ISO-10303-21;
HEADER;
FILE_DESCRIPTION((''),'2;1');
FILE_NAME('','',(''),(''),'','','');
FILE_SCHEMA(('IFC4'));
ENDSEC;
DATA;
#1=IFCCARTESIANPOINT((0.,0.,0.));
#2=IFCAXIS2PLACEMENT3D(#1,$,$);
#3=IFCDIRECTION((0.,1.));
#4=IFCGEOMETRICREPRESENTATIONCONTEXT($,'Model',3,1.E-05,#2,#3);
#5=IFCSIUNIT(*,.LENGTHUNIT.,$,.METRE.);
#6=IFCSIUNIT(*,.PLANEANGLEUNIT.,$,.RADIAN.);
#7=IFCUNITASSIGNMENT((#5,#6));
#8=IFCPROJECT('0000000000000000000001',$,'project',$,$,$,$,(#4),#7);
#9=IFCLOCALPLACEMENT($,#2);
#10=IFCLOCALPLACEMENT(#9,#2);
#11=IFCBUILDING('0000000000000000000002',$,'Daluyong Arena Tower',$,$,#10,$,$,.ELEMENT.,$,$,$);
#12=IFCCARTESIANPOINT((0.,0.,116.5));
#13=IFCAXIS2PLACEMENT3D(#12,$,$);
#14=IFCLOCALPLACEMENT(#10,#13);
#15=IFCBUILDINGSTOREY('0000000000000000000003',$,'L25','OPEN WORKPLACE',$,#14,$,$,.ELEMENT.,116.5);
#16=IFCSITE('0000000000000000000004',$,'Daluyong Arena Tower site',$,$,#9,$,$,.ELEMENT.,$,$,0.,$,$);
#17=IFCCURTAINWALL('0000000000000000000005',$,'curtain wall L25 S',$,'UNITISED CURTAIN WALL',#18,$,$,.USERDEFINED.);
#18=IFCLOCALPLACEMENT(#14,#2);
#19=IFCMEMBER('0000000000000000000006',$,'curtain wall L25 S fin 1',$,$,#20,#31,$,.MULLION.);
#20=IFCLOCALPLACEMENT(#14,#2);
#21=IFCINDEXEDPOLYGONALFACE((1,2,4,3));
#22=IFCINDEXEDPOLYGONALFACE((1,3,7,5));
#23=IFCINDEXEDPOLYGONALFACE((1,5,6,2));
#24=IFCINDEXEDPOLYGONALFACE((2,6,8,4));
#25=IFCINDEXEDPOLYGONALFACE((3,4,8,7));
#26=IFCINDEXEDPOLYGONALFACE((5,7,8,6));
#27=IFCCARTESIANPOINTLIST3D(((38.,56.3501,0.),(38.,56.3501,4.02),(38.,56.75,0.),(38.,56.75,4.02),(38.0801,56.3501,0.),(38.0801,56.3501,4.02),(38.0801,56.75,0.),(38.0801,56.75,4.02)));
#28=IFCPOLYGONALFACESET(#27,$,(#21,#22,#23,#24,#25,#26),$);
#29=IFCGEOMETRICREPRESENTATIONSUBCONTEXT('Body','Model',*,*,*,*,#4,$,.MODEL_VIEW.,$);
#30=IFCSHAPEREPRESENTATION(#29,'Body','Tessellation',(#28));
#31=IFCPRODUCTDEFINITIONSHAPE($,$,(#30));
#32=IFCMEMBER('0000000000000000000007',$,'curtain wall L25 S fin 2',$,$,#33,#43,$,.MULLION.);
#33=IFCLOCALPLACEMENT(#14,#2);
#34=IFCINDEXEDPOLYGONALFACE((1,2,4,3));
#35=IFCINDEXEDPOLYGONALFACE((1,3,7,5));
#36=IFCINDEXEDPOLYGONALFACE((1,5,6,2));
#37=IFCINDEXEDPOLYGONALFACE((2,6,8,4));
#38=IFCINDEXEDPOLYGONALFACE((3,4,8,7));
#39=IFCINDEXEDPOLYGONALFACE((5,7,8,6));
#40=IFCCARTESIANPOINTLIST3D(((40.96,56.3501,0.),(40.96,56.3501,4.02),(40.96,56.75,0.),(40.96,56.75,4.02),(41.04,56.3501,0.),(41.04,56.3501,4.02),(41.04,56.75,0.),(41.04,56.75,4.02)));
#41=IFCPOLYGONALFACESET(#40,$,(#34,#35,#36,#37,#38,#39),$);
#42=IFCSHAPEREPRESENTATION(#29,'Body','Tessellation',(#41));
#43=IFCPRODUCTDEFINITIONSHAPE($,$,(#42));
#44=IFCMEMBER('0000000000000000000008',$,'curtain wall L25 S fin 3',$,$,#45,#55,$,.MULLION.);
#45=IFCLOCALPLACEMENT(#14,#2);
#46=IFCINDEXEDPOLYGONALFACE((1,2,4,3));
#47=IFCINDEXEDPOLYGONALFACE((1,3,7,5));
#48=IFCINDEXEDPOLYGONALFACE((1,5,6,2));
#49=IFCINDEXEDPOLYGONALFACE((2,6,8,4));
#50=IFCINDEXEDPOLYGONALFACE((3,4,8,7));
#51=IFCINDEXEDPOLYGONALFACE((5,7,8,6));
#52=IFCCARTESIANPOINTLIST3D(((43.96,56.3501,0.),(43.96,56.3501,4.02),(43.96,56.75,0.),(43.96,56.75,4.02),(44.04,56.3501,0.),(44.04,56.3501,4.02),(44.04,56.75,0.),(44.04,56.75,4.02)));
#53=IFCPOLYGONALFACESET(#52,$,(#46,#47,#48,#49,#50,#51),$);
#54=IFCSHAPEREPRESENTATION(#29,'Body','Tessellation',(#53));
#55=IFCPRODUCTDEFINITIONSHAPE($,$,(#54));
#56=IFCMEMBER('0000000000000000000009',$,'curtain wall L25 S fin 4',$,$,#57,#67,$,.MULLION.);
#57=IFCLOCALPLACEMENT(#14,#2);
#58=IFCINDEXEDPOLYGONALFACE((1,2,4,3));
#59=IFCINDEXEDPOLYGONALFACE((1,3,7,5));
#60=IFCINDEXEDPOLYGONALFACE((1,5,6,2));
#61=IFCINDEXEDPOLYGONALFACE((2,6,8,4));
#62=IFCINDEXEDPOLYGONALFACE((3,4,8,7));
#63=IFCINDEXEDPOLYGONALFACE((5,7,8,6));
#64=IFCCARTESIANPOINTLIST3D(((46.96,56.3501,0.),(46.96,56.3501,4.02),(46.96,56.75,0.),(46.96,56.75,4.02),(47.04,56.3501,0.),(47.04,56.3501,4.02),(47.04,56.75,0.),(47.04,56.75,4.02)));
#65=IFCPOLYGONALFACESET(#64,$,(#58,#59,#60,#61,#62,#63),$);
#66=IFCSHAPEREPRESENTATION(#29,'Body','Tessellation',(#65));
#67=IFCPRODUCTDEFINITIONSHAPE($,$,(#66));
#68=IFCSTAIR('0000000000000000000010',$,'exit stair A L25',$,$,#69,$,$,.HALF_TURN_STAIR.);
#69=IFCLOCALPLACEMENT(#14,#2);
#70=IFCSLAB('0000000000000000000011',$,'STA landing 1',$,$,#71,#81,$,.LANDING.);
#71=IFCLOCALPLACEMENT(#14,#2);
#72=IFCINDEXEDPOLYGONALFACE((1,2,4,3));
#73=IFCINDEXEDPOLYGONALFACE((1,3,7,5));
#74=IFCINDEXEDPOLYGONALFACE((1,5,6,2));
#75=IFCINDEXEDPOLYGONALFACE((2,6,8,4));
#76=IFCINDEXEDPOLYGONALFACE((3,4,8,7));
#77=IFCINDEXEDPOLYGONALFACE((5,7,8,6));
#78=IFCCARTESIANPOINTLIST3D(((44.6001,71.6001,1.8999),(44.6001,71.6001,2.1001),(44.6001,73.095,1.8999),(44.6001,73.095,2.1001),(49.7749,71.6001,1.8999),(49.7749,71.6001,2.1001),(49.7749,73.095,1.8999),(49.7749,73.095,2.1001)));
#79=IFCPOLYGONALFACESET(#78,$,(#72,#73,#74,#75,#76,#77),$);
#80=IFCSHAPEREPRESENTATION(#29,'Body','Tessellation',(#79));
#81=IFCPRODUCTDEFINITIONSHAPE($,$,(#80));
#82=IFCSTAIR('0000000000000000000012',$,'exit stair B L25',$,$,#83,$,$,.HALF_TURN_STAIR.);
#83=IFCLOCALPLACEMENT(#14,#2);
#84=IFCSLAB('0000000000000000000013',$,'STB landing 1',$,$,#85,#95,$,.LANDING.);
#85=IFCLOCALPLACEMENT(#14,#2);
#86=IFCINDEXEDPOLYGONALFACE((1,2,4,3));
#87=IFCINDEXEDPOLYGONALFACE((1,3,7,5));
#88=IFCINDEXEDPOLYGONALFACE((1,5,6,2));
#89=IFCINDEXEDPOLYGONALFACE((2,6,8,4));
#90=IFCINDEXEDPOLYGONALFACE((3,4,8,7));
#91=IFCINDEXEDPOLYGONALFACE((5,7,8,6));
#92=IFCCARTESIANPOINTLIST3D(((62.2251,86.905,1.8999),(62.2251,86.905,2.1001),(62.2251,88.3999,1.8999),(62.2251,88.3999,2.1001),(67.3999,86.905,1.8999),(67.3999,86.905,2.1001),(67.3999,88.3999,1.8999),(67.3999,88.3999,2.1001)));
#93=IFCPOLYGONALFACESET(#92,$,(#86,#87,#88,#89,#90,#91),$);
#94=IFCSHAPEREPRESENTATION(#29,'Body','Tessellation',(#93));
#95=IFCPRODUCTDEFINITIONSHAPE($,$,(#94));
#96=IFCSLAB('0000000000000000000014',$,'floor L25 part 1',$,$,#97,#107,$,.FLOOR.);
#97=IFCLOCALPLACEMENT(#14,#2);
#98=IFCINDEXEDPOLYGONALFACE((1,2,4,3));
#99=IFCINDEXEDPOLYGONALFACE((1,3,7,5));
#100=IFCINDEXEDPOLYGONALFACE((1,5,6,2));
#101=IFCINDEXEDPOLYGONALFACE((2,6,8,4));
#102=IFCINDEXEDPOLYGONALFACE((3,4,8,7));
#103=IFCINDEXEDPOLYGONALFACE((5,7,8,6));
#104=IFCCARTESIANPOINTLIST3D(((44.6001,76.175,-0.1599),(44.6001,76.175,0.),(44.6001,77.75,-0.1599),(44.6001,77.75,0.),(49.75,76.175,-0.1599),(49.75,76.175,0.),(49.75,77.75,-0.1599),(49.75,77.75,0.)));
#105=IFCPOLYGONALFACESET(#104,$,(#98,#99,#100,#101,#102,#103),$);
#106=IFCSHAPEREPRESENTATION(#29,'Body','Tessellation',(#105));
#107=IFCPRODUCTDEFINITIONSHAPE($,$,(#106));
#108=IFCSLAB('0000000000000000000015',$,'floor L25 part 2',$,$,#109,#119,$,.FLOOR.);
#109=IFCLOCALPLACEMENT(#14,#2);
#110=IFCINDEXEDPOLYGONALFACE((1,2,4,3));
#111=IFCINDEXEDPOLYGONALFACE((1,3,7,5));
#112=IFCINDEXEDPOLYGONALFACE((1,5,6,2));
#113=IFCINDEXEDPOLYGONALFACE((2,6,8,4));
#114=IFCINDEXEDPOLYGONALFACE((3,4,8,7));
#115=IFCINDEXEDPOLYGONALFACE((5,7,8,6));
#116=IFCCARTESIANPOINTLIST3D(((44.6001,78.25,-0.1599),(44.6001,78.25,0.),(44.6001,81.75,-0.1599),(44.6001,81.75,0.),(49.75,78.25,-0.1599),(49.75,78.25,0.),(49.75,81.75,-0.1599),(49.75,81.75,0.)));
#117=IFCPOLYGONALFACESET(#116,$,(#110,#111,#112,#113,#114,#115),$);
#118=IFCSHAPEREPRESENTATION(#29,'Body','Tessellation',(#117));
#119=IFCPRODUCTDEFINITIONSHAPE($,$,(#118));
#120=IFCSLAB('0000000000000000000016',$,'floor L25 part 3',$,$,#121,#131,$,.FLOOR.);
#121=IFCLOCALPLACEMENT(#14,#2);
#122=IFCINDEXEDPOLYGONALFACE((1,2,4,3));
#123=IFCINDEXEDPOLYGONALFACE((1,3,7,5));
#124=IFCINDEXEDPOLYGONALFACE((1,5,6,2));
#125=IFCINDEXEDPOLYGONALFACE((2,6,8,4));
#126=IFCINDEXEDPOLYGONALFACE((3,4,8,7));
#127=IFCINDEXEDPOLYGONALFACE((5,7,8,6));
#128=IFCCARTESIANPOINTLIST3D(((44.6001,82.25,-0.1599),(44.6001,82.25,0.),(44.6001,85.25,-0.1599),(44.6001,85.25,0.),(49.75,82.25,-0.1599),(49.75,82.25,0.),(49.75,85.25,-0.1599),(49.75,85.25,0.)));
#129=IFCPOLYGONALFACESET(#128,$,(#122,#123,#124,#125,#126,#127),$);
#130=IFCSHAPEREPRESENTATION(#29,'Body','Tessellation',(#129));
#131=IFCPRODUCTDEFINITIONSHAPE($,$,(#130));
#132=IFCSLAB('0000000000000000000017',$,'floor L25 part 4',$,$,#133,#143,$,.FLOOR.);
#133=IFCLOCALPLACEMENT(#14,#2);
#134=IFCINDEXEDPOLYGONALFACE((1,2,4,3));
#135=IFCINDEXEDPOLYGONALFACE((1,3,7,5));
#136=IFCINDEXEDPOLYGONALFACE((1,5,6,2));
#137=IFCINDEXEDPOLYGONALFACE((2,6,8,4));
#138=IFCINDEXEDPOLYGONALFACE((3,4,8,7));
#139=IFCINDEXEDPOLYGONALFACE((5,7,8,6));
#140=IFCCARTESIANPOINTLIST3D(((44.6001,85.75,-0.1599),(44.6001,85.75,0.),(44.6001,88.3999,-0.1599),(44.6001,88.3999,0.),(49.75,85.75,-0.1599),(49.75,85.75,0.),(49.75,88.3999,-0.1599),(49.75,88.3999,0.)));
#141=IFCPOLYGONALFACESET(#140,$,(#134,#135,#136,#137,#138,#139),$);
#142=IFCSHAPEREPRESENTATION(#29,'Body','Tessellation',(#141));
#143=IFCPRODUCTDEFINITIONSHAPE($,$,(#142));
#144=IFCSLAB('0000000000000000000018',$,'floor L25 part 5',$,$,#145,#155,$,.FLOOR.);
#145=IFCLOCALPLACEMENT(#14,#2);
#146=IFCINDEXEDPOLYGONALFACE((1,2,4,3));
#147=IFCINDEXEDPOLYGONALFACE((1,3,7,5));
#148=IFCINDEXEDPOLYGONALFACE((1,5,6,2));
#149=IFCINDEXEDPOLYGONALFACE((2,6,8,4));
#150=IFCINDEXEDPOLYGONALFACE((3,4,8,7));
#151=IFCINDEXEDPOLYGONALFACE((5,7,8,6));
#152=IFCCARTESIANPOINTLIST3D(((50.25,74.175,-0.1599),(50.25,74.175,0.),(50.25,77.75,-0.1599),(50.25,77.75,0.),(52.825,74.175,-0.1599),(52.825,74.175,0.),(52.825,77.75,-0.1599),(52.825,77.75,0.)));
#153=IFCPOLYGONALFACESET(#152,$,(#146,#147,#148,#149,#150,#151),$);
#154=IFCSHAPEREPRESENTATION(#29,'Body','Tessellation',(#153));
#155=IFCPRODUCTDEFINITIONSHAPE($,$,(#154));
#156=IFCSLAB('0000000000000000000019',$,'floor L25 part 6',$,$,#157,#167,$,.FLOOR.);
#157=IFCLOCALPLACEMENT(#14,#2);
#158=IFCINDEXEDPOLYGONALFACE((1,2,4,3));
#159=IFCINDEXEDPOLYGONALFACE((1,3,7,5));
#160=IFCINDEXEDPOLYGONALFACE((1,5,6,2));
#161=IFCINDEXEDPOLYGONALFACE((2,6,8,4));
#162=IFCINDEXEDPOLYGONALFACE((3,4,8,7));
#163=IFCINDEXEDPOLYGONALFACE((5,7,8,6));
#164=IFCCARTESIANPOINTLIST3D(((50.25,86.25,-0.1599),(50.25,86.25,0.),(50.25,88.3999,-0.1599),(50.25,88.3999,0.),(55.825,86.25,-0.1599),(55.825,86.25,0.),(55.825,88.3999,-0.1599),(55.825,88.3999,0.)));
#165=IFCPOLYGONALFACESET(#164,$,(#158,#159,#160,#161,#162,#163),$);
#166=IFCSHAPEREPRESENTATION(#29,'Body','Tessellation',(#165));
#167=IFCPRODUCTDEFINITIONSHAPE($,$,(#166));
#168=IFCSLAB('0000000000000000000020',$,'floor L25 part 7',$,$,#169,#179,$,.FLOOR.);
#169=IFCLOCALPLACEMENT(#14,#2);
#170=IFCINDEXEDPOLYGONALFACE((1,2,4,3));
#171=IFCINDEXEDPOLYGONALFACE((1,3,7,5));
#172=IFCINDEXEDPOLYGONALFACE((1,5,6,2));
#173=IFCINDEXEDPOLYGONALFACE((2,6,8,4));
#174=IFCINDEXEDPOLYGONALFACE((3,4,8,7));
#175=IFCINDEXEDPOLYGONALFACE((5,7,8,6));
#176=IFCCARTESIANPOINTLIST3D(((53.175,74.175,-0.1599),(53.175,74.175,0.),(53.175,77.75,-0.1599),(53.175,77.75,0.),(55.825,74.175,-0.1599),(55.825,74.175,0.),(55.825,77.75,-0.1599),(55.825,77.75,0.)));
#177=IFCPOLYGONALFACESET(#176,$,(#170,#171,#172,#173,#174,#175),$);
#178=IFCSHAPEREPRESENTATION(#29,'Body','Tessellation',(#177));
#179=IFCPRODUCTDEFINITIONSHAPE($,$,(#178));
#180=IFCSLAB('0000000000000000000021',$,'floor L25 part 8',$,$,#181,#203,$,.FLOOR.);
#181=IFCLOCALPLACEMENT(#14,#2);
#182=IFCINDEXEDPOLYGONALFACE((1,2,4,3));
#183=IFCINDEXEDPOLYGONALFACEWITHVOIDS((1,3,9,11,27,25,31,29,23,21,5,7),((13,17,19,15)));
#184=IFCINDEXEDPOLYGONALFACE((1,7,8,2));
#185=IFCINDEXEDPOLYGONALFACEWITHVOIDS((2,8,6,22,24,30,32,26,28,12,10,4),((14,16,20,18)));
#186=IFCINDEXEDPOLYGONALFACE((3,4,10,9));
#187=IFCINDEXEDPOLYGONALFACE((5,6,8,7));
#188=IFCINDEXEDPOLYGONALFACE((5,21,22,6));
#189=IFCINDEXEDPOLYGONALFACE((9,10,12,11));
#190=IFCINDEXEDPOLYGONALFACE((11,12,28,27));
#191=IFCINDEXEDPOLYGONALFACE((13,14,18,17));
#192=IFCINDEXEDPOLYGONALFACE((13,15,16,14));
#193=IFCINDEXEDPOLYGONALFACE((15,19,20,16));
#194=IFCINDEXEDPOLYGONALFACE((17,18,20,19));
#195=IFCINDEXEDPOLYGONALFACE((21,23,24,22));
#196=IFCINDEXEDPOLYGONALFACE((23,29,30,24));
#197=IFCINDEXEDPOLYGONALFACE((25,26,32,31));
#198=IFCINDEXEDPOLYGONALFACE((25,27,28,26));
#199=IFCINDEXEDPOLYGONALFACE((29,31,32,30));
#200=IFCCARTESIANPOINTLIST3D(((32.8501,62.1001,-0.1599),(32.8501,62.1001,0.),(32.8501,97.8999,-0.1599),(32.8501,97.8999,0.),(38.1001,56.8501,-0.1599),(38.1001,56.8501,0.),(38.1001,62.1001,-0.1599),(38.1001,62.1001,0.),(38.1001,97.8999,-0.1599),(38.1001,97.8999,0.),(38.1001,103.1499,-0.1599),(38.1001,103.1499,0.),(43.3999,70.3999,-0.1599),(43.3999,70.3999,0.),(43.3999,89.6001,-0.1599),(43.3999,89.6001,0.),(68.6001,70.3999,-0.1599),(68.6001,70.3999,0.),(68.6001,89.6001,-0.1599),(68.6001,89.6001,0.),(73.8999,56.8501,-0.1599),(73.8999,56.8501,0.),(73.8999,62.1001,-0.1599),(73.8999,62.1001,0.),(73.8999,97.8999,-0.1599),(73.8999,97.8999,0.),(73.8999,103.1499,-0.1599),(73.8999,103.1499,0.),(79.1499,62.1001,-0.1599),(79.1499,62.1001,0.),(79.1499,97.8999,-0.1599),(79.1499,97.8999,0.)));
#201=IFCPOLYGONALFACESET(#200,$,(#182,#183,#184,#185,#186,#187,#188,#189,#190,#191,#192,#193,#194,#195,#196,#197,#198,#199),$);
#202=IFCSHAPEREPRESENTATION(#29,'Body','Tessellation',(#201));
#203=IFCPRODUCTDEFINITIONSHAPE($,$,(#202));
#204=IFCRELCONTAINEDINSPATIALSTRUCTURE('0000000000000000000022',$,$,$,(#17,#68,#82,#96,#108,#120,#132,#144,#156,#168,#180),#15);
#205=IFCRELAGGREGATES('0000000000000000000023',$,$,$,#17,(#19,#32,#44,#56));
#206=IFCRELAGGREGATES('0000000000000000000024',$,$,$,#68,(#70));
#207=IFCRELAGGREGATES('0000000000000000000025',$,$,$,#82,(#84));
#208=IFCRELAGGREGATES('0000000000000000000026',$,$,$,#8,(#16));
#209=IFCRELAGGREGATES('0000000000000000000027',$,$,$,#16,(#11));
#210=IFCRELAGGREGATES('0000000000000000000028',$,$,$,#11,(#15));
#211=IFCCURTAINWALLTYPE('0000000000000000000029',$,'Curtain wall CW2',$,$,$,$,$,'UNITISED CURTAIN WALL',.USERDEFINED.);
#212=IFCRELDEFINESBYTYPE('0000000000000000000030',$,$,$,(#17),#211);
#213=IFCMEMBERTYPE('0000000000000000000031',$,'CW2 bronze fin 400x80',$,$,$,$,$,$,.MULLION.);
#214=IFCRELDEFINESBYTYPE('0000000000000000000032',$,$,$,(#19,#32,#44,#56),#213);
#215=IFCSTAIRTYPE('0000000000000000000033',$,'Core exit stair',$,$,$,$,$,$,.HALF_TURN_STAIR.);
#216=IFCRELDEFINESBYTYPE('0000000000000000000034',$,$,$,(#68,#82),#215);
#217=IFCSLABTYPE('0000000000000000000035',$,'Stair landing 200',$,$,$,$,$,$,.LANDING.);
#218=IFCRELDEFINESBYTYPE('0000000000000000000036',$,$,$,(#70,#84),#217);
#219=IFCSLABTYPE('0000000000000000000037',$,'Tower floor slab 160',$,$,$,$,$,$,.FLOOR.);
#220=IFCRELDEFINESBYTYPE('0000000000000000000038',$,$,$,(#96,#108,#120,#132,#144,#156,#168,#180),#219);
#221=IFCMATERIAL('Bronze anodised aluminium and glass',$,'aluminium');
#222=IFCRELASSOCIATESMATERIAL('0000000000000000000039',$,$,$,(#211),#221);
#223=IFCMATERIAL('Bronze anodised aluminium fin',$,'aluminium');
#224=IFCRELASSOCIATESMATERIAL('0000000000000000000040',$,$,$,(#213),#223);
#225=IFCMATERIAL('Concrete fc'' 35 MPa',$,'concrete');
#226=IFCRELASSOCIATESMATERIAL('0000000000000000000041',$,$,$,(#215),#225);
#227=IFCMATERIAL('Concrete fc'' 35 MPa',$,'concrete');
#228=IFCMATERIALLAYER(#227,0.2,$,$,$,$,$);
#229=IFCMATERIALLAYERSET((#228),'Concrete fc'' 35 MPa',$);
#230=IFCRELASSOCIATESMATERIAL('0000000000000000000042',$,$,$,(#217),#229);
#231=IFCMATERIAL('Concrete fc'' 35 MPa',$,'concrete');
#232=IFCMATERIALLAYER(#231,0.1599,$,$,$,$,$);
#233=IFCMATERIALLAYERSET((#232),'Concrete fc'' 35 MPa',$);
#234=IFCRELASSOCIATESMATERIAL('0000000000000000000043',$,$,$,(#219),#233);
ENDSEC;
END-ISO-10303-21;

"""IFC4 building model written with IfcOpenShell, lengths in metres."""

from ifc_helpers import new_model, si_unit, direction, frame, origin, origin_2d, place, context, subcontext, project, spatial, polyline, rectangle, outline, extrude, material, layer, layer_set, material_profile, profile_set, type_object, element, aggregate, save


model = new_model("IFC4")

# Units and contexts
model_context = context("Model", 3, precision=1e-05, world=origin(), true_north=direction((0.0, 1.0)))
body_context = subcontext(model_context, "Body", "Model", "MODEL_VIEW")
ifc_project = project(units=[si_unit("LENGTHUNIT", "METRE"), si_unit("PLANEANGLEUNIT", "RADIAN")], contexts=[model_context])

# Site, building, storey
site_placement = place(None, origin())
site = spatial("IfcSite", under=ifc_project, at=site_placement, Name="Daluyong Arena Tower site", CompositionType="ELEMENT", RefElevation=0.0)
building_placement = place(site_placement, origin())
building = spatial("IfcBuilding", under=site, at=building_placement, Name="Daluyong Arena Tower", CompositionType="ELEMENT")
storey_placement = place(building_placement, frame((0.0, 0.0, 116.5)))
storey = spatial("IfcBuildingStorey", under=building, at=storey_placement, Name="L25", Description="OPEN WORKPLACE", CompositionType="ELEMENT", Elevation=116.5)

# Curtain wall, members
ifc_material_1 = material(Name="Bronze anodised aluminium and glass", Category="aluminium")
curtain_wall_type = type_object("IfcCurtainWallType", Name="Curtain wall CW2", ElementType="UNITISED CURTAIN WALL", PredefinedType="USERDEFINED", material=ifc_material_1)
curtain_wall_placement = place(storey_placement, origin())
curtain_wall = element("IfcCurtainWall", 1, at=curtain_wall_placement, inside=storey, type_object=curtain_wall_type, Name="curtain wall L25 S", ObjectType="UNITISED CURTAIN WALL", PredefinedType="USERDEFINED")
ifc_material_2 = material(Name="Bronze anodised aluminium fin", Category="aluminium")
ifc_material_profile = material_profile(ifc_material_2, rectangle(XDim=0.3999, YDim=0.0801, at=origin_2d()))
ifc_profile_set = profile_set([ifc_material_profile], Name="Bronze anodised aluminium fin")
member_type = type_object("IfcMemberType", Name="CW2 bronze fin 400x80", PredefinedType="MULLION", material=ifc_profile_set)
member_1_placement = place(storey_placement, frame((38.04, 56.55, 0.0), z_axis=(0.0, 0.0, 1.0), x_axis=(0.0, 1.0, 0.0)))
member_1 = element("IfcMember", 2, at=member_1_placement, type_object=member_type, Name="curtain wall L25 S fin 1", PredefinedType="MULLION", context=body_context, shape_type="SweptSolid", body=[
    extrude(rectangle(XDim=0.3999, YDim=0.0801, at=origin_2d()), origin(), (0.0, 0.0, 1.0), 4.02),
])
member_2_placement = place(storey_placement, frame((41.0, 56.55, 0.0), z_axis=(0.0, 0.0, 1.0), x_axis=(0.0, 1.0, 0.0)))
member_2 = element("IfcMember", 3, at=member_2_placement, type_object=member_type, Name="curtain wall L25 S fin 2", PredefinedType="MULLION", context=body_context, shape_type="SweptSolid", body=[
    extrude(rectangle(XDim=0.3999, YDim=0.0801, at=origin_2d()), origin(), (0.0, 0.0, 1.0), 4.02),
])
member_3_placement = place(storey_placement, frame((44.0, 56.55, 0.0), z_axis=(0.0, 0.0, 1.0), x_axis=(0.0, 1.0, 0.0)))
member_3 = element("IfcMember", 4, at=member_3_placement, type_object=member_type, Name="curtain wall L25 S fin 3", PredefinedType="MULLION", context=body_context, shape_type="SweptSolid", body=[
    extrude(rectangle(XDim=0.3999, YDim=0.0801, at=origin_2d()), origin(), (0.0, 0.0, 1.0), 4.02),
])
member_4_placement = place(storey_placement, frame((47.0, 56.55, 0.0), z_axis=(0.0, 0.0, 1.0), x_axis=(0.0, 1.0, 0.0)))
member_4 = element("IfcMember", 5, at=member_4_placement, type_object=member_type, Name="curtain wall L25 S fin 4", PredefinedType="MULLION", context=body_context, shape_type="SweptSolid", body=[
    extrude(rectangle(XDim=0.3999, YDim=0.0801, at=origin_2d()), origin(), (0.0, 0.0, 1.0), 4.02),
])
aggregate(curtain_wall, [member_1, member_2, member_3, member_4])

# Stairs, slabs
ifc_material_3 = material(Name="Concrete fc' 35 MPa", Category="concrete")
stair_type = type_object("IfcStairType", Name="Core exit stair", PredefinedType="HALF_TURN_STAIR", material=ifc_material_3)
stair_1_placement = place(storey_placement, origin())
stair_1 = element("IfcStair", 6, at=stair_1_placement, inside=storey, type_object=stair_type, Name="exit stair A L25", PredefinedType="HALF_TURN_STAIR")
ifc_material_4 = material(Name="Concrete fc' 35 MPa", Category="concrete")
ifc_layer_1 = layer(ifc_material_4, 0.2)
ifc_layer_set_1 = layer_set([ifc_layer_1], Name="Concrete fc' 35 MPa")
slab_type_1 = type_object("IfcSlabType", Name="Stair landing 200", PredefinedType="LANDING", material=ifc_layer_set_1)
slab_1_placement = place(storey_placement, frame((0.0, 0.0, 1.8999)))
slab_1 = element("IfcSlab", 7, at=slab_1_placement, type_object=slab_type_1, Name="STA landing 1", PredefinedType="LANDING", context=body_context, shape_type="SweptSolid", body=[
    extrude(outline(polyline([(44.6001, 71.6001), (49.7749, 71.6001), (49.7749, 73.095), (44.6001, 73.095), (44.6001, 71.6001)])), origin(), (0.0, 0.0, 1.0), 0.2002),
])
aggregate(stair_1, [slab_1])
stair_2_placement = place(storey_placement, origin())
stair_2 = element("IfcStair", 8, at=stair_2_placement, inside=storey, type_object=stair_type, Name="exit stair B L25", PredefinedType="HALF_TURN_STAIR")
slab_2_placement = place(storey_placement, frame((0.0, 0.0, 1.8999)))
slab_2 = element("IfcSlab", 9, at=slab_2_placement, type_object=slab_type_1, Name="STB landing 1", PredefinedType="LANDING", context=body_context, shape_type="SweptSolid", body=[
    extrude(outline(polyline([(62.2251, 86.905), (67.3999, 86.905), (67.3999, 88.3999), (62.2251, 88.3999), (62.2251, 86.905)])), origin(), (0.0, 0.0, 1.0), 0.2002),
])
aggregate(stair_2, [slab_2])

# Slabs
ifc_material_5 = material(Name="Concrete fc' 35 MPa", Category="concrete")
ifc_layer_2 = layer(ifc_material_5, 0.1599)
ifc_layer_set_2 = layer_set([ifc_layer_2], Name="Concrete fc' 35 MPa")
slab_type_2 = type_object("IfcSlabType", Name="Tower floor slab 160", PredefinedType="FLOOR", material=ifc_layer_set_2)
slab_3_placement = place(storey_placement, frame((0.0, 0.0, -0.1599)))
element("IfcSlab", 10, at=slab_3_placement, inside=storey, type_object=slab_type_2, Name="floor L25 part 1", PredefinedType="FLOOR", context=body_context, shape_type="SweptSolid", body=[
    extrude(outline(polyline([(49.75, 76.175), (49.75, 77.75), (44.6001, 77.75), (44.6001, 76.175), (49.75, 76.175)])), origin(), (0.0, 0.0, 1.0), 0.1599),
])
slab_4_placement = place(storey_placement, frame((0.0, 0.0, -0.1599)))
element("IfcSlab", 11, at=slab_4_placement, inside=storey, type_object=slab_type_2, Name="floor L25 part 2", PredefinedType="FLOOR", context=body_context, shape_type="SweptSolid", body=[
    extrude(outline(polyline([(44.6001, 78.25), (49.75, 78.25), (49.75, 81.75), (44.6001, 81.75), (44.6001, 78.25)])), origin(), (0.0, 0.0, 1.0), 0.1599),
])
slab_5_placement = place(storey_placement, frame((0.0, 0.0, -0.1599)))
element("IfcSlab", 12, at=slab_5_placement, inside=storey, type_object=slab_type_2, Name="floor L25 part 3", PredefinedType="FLOOR", context=body_context, shape_type="SweptSolid", body=[
    extrude(outline(polyline([(44.6001, 82.25), (49.75, 82.25), (49.75, 85.25), (44.6001, 85.25), (44.6001, 82.25)])), origin(), (0.0, 0.0, 1.0), 0.1599),
])
slab_6_placement = place(storey_placement, frame((0.0, 0.0, -0.1599)))
element("IfcSlab", 13, at=slab_6_placement, inside=storey, type_object=slab_type_2, Name="floor L25 part 4", PredefinedType="FLOOR", context=body_context, shape_type="SweptSolid", body=[
    extrude(outline(polyline([(49.75, 88.3999), (44.6001, 88.3999), (44.6001, 85.75), (49.75, 85.75), (49.75, 88.3999)])), origin(), (0.0, 0.0, 1.0), 0.1599),
])
slab_7_placement = place(storey_placement, frame((0.0, 0.0, -0.1599)))
element("IfcSlab", 14, at=slab_7_placement, inside=storey, type_object=slab_type_2, Name="floor L25 part 5", PredefinedType="FLOOR", context=body_context, shape_type="SweptSolid", body=[
    extrude(outline(polyline([(52.825, 77.75), (50.25, 77.75), (50.25, 74.175), (52.825, 74.175), (52.825, 77.75)])), origin(), (0.0, 0.0, 1.0), 0.1599),
])
slab_8_placement = place(storey_placement, frame((0.0, 0.0, -0.1599)))
element("IfcSlab", 15, at=slab_8_placement, inside=storey, type_object=slab_type_2, Name="floor L25 part 6", PredefinedType="FLOOR", context=body_context, shape_type="SweptSolid", body=[
    extrude(outline(polyline([(55.825, 88.3999), (50.25, 88.3999), (50.25, 86.25), (55.825, 86.25), (55.825, 88.3999)])), origin(), (0.0, 0.0, 1.0), 0.1599),
])
slab_9_placement = place(storey_placement, frame((0.0, 0.0, -0.1599)))
element("IfcSlab", 16, at=slab_9_placement, inside=storey, type_object=slab_type_2, Name="floor L25 part 7", PredefinedType="FLOOR", context=body_context, shape_type="SweptSolid", body=[
    extrude(outline(polyline([(55.825, 77.75), (53.175, 77.75), (53.175, 74.175), (55.825, 74.175), (55.825, 77.75)])), origin(), (0.0, 0.0, 1.0), 0.1599),
])
slab_10_placement = place(storey_placement, frame((0.0, 0.0, -0.1599)))
element("IfcSlab", 17, at=slab_10_placement, inside=storey, type_object=slab_type_2, Name="floor L25 part 8", PredefinedType="FLOOR", context=body_context, shape_type="SweptSolid", body=[
    extrude(outline(polyline([(38.1001, 62.1001), (38.1001, 56.8501), (73.8999, 56.8501), (73.8999, 62.1001), (79.1499, 62.1001), (79.1499, 97.8999), (73.8999, 97.8999), (73.8999, 103.1499), (38.1001, 103.1499), (38.1001, 97.8999), (32.8501, 97.8999), (32.8501, 62.1001), (38.1001, 62.1001)]), holes=[polyline([(68.6001, 89.6001), (68.6001, 70.3999), (43.3999, 70.3999), (43.3999, 89.6001), (68.6001, 89.6001)])]), origin(), (0.0, 0.0, 1.0), 0.1599),
])

save(model, "model.ifc")
